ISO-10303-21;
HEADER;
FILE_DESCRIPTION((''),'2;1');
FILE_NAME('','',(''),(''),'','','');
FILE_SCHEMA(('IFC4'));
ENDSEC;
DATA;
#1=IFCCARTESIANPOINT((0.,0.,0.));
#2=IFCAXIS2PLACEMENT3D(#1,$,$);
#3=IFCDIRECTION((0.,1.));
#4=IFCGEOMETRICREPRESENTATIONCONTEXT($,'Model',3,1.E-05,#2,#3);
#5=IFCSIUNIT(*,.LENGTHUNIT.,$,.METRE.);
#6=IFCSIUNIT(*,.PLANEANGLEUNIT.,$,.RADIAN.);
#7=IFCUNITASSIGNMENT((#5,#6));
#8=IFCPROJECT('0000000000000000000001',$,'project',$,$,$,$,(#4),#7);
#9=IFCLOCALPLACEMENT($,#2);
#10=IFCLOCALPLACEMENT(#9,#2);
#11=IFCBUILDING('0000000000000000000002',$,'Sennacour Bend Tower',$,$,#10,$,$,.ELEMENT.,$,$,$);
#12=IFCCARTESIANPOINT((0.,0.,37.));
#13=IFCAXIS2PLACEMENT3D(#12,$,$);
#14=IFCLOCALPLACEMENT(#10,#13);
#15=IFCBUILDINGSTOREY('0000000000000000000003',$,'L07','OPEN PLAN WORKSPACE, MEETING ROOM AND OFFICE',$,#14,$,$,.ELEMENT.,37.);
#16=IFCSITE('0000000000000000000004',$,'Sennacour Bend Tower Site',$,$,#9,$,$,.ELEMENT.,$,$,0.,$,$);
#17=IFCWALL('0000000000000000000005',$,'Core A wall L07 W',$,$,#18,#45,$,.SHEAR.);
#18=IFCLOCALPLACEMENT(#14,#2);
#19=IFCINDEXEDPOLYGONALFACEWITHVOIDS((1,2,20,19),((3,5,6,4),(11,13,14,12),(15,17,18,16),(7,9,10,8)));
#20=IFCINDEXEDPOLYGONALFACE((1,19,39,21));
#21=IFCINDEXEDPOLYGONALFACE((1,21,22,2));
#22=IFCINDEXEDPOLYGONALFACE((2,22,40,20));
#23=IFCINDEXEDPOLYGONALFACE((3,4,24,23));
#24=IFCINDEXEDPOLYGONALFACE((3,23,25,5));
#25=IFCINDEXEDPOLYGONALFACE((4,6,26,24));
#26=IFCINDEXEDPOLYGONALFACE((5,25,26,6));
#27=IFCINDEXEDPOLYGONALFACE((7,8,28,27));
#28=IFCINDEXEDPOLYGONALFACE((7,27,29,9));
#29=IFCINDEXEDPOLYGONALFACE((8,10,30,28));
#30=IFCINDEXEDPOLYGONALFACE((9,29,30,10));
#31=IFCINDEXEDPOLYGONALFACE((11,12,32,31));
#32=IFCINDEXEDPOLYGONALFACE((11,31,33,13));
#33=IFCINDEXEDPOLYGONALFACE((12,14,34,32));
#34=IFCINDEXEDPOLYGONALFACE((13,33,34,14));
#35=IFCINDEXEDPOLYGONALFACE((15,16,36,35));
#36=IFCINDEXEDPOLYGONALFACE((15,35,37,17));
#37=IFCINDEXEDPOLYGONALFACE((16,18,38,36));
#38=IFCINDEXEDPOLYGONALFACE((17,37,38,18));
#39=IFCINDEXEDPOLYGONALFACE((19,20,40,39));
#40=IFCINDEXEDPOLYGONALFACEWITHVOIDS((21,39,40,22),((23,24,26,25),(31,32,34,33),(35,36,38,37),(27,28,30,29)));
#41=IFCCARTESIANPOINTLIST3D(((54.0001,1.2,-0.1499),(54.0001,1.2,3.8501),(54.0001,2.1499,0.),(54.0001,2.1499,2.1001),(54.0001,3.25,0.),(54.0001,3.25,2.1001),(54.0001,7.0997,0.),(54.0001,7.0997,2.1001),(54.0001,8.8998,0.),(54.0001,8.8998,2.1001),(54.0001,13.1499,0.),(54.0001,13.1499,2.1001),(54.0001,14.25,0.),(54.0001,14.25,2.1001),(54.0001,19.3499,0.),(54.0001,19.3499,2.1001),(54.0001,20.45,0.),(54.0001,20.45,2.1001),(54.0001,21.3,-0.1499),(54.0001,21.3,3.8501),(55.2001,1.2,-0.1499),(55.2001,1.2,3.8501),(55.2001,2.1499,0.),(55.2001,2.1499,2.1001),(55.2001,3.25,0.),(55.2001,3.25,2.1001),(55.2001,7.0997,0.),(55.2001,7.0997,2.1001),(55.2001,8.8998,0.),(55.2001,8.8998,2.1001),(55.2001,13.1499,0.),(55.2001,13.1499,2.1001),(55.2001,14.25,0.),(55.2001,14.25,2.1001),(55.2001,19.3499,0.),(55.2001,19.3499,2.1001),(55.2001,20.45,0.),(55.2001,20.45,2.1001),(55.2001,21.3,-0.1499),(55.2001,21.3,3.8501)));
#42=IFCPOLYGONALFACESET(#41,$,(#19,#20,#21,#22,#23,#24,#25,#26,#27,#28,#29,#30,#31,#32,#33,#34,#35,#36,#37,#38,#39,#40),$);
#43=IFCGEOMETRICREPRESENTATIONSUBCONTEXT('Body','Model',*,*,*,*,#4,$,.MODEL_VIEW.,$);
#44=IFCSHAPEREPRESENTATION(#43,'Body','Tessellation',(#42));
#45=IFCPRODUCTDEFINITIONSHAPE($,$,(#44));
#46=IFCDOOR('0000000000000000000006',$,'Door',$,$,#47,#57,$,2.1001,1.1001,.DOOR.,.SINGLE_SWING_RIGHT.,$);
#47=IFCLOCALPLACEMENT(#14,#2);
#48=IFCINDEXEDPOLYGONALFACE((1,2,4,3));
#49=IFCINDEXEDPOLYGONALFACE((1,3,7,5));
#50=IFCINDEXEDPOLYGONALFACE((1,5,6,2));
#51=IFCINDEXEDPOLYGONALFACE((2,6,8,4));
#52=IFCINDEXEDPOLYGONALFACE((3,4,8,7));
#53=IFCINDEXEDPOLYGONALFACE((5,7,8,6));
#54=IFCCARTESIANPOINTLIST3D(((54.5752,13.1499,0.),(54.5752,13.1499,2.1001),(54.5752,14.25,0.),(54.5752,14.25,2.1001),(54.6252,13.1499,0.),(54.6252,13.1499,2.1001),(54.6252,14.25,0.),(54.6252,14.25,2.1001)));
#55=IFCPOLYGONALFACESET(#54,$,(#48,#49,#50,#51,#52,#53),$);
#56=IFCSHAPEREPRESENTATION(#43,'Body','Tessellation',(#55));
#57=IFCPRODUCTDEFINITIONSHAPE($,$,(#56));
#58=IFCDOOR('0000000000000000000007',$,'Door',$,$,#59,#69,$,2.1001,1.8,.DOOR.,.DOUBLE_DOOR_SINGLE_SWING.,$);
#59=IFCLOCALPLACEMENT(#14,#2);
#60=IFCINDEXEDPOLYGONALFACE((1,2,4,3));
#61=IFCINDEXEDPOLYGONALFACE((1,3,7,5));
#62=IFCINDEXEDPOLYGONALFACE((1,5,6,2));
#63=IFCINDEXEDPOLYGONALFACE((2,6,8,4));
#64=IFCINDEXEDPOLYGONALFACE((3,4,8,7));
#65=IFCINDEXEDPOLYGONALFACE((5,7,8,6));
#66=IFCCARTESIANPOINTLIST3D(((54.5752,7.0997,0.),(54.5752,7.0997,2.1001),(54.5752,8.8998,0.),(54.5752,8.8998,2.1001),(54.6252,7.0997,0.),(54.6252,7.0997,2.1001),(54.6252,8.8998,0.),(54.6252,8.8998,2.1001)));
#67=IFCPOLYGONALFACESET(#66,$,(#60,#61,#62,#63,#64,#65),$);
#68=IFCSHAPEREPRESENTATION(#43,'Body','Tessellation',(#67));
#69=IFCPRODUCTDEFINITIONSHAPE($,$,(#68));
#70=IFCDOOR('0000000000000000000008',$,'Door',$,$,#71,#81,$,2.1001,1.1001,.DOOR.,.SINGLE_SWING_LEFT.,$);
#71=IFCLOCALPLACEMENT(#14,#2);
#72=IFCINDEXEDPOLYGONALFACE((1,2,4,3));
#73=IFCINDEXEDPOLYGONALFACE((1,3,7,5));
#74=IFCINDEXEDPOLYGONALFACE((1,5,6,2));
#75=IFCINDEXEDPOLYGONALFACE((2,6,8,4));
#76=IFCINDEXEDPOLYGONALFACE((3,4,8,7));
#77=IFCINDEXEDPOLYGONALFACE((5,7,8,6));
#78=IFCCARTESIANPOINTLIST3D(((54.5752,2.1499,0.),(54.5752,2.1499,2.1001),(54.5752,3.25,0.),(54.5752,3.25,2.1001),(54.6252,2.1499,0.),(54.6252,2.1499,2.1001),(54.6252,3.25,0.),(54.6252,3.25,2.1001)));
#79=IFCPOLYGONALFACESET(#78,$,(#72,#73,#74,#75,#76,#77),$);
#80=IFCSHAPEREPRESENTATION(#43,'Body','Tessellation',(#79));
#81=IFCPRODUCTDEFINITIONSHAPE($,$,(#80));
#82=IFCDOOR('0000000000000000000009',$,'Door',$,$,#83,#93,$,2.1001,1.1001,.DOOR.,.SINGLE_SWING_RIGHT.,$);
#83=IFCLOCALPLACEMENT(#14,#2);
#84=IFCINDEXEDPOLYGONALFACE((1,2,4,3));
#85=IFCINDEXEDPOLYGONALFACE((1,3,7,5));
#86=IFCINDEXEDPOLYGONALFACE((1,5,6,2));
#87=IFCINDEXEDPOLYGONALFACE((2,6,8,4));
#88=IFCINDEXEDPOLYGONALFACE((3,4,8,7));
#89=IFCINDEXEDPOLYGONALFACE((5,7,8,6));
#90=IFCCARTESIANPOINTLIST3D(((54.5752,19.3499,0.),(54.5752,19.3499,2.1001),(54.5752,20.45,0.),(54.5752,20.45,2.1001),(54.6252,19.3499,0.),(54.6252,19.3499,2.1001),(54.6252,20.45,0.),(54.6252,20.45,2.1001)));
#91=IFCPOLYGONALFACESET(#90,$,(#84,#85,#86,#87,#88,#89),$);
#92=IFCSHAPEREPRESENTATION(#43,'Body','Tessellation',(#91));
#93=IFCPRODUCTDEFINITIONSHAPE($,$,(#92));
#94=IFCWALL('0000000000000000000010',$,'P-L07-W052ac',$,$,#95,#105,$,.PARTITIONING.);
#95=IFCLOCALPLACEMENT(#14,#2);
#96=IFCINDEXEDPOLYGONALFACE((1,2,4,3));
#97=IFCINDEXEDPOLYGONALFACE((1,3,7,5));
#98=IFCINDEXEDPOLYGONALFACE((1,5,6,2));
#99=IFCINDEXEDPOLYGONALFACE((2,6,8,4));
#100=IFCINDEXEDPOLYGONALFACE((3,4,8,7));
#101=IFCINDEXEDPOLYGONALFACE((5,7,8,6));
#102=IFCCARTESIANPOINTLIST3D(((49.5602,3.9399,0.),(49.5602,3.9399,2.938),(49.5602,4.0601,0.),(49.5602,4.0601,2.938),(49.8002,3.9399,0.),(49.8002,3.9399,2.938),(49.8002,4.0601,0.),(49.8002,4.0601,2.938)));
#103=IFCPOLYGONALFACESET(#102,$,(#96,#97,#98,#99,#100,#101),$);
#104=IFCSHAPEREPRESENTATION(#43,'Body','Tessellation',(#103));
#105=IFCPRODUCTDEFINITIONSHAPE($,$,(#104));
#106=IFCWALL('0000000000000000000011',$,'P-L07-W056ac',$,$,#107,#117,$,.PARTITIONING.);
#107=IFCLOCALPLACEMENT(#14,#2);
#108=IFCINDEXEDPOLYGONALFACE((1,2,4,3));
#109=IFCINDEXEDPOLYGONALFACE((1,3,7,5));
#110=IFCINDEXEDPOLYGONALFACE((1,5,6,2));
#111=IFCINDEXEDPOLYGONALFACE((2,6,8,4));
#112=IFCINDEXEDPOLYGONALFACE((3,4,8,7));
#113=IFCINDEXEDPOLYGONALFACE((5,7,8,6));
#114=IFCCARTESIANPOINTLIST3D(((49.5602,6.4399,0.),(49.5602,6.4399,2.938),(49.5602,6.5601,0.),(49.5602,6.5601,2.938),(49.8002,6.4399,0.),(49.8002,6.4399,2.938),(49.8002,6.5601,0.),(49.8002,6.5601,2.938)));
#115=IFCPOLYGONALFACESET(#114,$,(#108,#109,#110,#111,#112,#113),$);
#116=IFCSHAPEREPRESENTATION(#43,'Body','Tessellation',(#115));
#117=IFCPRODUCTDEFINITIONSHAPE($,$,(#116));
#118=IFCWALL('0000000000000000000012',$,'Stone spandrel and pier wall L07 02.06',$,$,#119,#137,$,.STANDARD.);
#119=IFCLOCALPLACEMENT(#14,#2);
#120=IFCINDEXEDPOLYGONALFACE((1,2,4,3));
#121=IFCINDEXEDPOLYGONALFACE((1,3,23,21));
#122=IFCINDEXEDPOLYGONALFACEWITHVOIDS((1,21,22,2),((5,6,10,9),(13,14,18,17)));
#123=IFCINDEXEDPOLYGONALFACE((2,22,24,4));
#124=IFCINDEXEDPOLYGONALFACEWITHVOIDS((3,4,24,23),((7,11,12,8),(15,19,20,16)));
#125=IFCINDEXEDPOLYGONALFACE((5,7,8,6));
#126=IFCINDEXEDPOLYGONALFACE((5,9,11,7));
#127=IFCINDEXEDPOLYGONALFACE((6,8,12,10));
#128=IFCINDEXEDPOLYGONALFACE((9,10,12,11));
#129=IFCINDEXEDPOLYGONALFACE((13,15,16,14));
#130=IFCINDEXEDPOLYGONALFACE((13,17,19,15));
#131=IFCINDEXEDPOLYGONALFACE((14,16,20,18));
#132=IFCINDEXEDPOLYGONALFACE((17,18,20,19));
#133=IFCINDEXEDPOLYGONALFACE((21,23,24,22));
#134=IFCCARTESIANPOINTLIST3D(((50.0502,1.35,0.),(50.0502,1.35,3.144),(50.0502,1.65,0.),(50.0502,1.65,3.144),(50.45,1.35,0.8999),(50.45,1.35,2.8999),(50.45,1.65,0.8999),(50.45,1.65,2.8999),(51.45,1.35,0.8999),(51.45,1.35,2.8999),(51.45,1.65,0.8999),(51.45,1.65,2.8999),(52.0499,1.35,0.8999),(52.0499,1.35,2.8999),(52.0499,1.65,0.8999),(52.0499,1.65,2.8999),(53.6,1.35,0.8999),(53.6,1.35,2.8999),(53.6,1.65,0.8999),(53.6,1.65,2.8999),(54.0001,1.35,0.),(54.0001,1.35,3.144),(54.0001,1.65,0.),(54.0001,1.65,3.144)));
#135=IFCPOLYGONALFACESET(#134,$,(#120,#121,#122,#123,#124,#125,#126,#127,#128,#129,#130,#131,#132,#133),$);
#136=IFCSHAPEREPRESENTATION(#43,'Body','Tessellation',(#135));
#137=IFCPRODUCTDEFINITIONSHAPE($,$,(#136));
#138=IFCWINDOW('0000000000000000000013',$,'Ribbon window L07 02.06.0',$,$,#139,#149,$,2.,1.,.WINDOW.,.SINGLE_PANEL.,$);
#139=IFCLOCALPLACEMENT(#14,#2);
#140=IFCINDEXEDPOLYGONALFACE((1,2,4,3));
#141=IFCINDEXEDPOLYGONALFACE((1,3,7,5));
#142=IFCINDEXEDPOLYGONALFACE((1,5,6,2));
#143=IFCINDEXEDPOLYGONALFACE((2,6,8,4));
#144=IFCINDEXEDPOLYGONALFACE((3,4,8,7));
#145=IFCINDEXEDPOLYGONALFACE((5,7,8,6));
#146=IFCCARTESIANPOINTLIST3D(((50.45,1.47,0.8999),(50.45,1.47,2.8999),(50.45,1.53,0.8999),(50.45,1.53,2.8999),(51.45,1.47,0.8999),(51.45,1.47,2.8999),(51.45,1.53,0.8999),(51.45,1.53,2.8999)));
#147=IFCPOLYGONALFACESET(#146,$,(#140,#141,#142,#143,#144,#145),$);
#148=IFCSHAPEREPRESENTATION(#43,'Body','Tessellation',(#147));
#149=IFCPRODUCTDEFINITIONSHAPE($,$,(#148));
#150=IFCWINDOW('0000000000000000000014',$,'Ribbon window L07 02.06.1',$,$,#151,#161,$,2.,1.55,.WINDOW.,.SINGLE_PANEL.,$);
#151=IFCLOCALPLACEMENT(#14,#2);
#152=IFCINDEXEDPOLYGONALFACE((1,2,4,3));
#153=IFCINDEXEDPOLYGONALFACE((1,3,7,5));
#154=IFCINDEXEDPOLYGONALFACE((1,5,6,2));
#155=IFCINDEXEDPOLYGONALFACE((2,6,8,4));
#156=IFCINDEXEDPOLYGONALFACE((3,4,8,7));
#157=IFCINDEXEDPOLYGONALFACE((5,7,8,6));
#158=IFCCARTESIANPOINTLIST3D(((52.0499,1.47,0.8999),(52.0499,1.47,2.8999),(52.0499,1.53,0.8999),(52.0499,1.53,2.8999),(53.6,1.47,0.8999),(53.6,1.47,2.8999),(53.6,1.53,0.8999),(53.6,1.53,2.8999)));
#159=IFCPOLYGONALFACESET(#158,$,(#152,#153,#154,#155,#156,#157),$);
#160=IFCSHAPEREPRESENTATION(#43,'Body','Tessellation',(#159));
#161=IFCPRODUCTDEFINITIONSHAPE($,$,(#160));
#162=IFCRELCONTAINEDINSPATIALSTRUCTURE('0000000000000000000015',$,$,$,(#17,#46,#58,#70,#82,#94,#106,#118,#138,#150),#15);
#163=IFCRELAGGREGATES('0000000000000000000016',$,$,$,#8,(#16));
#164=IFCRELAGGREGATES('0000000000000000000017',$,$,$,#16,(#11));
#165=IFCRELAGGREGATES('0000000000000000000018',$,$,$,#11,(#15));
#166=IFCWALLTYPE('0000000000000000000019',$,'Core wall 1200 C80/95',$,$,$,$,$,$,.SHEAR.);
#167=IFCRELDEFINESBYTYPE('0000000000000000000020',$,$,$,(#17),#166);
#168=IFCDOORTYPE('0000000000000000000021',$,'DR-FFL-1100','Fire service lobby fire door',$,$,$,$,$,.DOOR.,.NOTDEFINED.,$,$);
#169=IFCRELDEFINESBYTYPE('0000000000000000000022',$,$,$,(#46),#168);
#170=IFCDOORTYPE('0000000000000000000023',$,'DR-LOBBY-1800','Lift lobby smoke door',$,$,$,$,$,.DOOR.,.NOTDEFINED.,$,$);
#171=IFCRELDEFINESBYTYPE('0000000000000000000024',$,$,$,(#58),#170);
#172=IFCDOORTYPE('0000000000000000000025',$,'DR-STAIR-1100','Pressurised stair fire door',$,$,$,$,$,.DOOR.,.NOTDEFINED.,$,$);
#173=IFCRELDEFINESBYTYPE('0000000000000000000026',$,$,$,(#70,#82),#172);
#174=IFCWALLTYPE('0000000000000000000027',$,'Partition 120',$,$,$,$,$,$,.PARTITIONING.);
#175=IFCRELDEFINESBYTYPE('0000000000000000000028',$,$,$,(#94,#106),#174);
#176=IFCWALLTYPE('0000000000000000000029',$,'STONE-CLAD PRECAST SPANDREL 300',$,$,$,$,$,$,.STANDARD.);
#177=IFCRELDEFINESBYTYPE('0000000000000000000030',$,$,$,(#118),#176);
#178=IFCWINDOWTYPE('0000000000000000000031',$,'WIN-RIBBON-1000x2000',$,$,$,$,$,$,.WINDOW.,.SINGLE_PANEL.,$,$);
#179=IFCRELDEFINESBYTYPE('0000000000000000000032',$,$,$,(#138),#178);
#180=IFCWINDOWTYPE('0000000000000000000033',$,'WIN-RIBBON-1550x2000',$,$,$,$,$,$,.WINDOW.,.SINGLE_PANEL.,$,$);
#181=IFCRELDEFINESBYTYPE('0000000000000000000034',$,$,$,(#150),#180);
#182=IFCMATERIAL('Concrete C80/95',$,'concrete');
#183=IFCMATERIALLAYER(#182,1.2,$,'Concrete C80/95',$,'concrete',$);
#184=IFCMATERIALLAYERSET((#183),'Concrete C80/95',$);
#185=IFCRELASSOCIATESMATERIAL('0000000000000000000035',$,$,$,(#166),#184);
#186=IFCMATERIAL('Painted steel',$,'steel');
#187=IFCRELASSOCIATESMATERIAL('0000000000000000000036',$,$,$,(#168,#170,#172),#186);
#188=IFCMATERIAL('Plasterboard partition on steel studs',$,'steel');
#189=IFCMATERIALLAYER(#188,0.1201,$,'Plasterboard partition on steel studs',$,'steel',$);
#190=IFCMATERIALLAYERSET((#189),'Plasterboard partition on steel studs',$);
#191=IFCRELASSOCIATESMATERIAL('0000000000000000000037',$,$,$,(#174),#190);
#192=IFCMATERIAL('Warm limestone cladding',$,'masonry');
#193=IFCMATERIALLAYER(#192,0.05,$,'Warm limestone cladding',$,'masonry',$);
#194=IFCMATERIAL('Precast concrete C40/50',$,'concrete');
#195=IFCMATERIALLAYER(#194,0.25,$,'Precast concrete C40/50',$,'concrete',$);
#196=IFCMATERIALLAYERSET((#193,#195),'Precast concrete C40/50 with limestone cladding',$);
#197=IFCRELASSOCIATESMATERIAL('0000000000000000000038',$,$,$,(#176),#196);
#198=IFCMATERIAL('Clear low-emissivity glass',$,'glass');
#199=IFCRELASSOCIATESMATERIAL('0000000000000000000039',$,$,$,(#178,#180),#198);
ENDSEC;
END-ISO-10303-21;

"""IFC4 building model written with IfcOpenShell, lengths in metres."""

from ifc_helpers import new_model, si_unit, direction, frame, frame_2d, origin, place, context, subcontext, project, spatial, rectangle, extrude, material, layer, layer_set, type_object, element, fill, save


model = new_model("IFC4")

# Units and contexts
model_context = context("Model", 3, precision=1e-05, world=origin(), true_north=direction((0.0, 1.0)))
body_context = subcontext(model_context, "Body", "Model", "MODEL_VIEW")
ifc_project = project(units=[si_unit("LENGTHUNIT", "METRE"), si_unit("PLANEANGLEUNIT", "RADIAN")], contexts=[model_context])

# Site, building, storey
site_placement = place(None, origin())
site = spatial("IfcSite", under=ifc_project, at=site_placement, Name="Sennacour Bend Tower Site", CompositionType="ELEMENT", RefElevation=0.0)
building_placement = place(site_placement, origin())
building = spatial("IfcBuilding", under=site, at=building_placement, Name="Sennacour Bend Tower", CompositionType="ELEMENT")
storey_placement = place(building_placement, frame((0.0, 0.0, 37.0)))
storey = spatial("IfcBuildingStorey", under=building, at=storey_placement, Name="L07", Description="OPEN PLAN WORKSPACE, MEETING ROOM AND OFFICE", CompositionType="ELEMENT", Elevation=37.0)

# Wall, openings, doors
ifc_material_1 = material(Name="Concrete C80/95", Category="concrete")
ifc_layer_1 = layer(ifc_material_1, 1.2, Name="Concrete C80/95", Category="concrete")
ifc_layer_set_1 = layer_set([ifc_layer_1], Name="Concrete C80/95")
wall_type_1 = type_object("IfcWallType", Name="Core wall 1200 C80/95", PredefinedType="SHEAR", material=ifc_layer_set_1)
wall_1_placement = place(storey_placement, frame((54.6001, 1.2, -0.1499), z_axis=(0.0, 0.0, 1.0), x_axis=(0.0, 1.0, 0.0)))
wall_1 = element("IfcWall", 1, at=wall_1_placement, inside=storey, type_object=wall_type_1, Name="Core A wall L07 W", PredefinedType="SHEAR", context=body_context, shape_type="SweptSolid", body=[
    extrude(rectangle(XDim=20.1001, YDim=1.2, at=frame_2d((10.05, 0.0))), origin(), (0.0, 0.0, 1.0), 4.0),
])
opening_1_placement = place(wall_1_placement, frame((5.8999, 0.0, 0.1499)))
opening_1 = element("IfcOpeningElement", 2, at=opening_1_placement, cuts=wall_1, PredefinedType="OPENING", context=body_context, shape_type="SweptSolid", body=[
    extrude(rectangle(XDim=1.8, YDim=2.1001, at=frame_2d((0.8999, 1.05))), frame((0.0, 0.6099, 0.0), z_axis=(0.0, -1.0, 0.0), x_axis=(1.0, 0.0, 0.0)), (0.0, 0.0, 1.0), 1.22),
])
opening_2_placement = place(wall_1_placement, frame((11.95, 0.0, 0.1499)))
opening_2 = element("IfcOpeningElement", 3, at=opening_2_placement, cuts=wall_1, PredefinedType="OPENING", context=body_context, shape_type="SweptSolid", body=[
    extrude(rectangle(XDim=1.1001, YDim=2.1001, at=frame_2d((0.55, 1.05))), frame((0.0, 0.6099, 0.0), z_axis=(0.0, -1.0, 0.0), x_axis=(1.0, 0.0, 0.0)), (0.0, 0.0, 1.0), 1.22),
])
opening_3_placement = place(wall_1_placement, frame((0.95, 0.0, 0.1499)))
opening_3 = element("IfcOpeningElement", 4, at=opening_3_placement, cuts=wall_1, PredefinedType="OPENING", context=body_context, shape_type="SweptSolid", body=[
    extrude(rectangle(XDim=1.1001, YDim=2.1001, at=frame_2d((0.55, 1.05))), frame((0.0, 0.6099, 0.0), z_axis=(0.0, -1.0, 0.0), x_axis=(1.0, 0.0, 0.0)), (0.0, 0.0, 1.0), 1.22),
])
opening_4_placement = place(wall_1_placement, frame((18.1499, 0.0, 0.1499)))
opening_4 = element("IfcOpeningElement", 5, at=opening_4_placement, cuts=wall_1, PredefinedType="OPENING", context=body_context, shape_type="SweptSolid", body=[
    extrude(rectangle(XDim=1.1001, YDim=2.1001, at=frame_2d((0.55, 1.05))), frame((0.0, 0.6099, 0.0), z_axis=(0.0, -1.0, 0.0), x_axis=(1.0, 0.0, 0.0)), (0.0, 0.0, 1.0), 1.22),
])
ifc_material_2 = material(Name="Painted steel", Category="steel")
door_type_1 = type_object("IfcDoorType", Name="DR-FFL-1100", Description="Fire service lobby fire door", OperationType="NOTDEFINED", PredefinedType="DOOR", material=ifc_material_2)
door_1_placement = place(opening_2_placement, origin())
door_1 = element("IfcDoor", 6, at=door_1_placement, inside=storey, type_object=door_type_1, Name="Door", OperationType="SINGLE_SWING_RIGHT", OverallHeight=2.1001, OverallWidth=1.1001, PredefinedType="DOOR", context=body_context, shape_type="SweptSolid", body=[
    extrude(rectangle(XDim=1.1001, YDim=2.1001, at=frame_2d((0.55, 1.05))), frame((0.0, 0.0249, 0.0), z_axis=(0.0, -1.0, 0.0), x_axis=(1.0, 0.0, 0.0)), (0.0, 0.0, 1.0), 0.05),
])
fill(opening_2, door_1)
door_type_2 = type_object("IfcDoorType", Name="DR-LOBBY-1800", Description="Lift lobby smoke door", OperationType="NOTDEFINED", PredefinedType="DOOR", material=ifc_material_2)
door_2_placement = place(opening_1_placement, origin())
door_2 = element("IfcDoor", 7, at=door_2_placement, inside=storey, type_object=door_type_2, Name="Door", OperationType="DOUBLE_DOOR_SINGLE_SWING", OverallHeight=2.1001, OverallWidth=1.8, PredefinedType="DOOR", context=body_context, shape_type="SweptSolid", body=[
    extrude(rectangle(XDim=1.8, YDim=2.1001, at=frame_2d((0.8999, 1.05))), frame((0.0, 0.0249, 0.0), z_axis=(0.0, -1.0, 0.0), x_axis=(1.0, 0.0, 0.0)), (0.0, 0.0, 1.0), 0.05),
])
fill(opening_1, door_2)
door_type_3 = type_object("IfcDoorType", Name="DR-STAIR-1100", Description="Pressurised stair fire door", OperationType="NOTDEFINED", PredefinedType="DOOR", material=ifc_material_2)
door_3_placement = place(opening_3_placement, origin())
door_3 = element("IfcDoor", 8, at=door_3_placement, inside=storey, type_object=door_type_3, Name="Door", OperationType="SINGLE_SWING_LEFT", OverallHeight=2.1001, OverallWidth=1.1001, PredefinedType="DOOR", context=body_context, shape_type="SweptSolid", body=[
    extrude(rectangle(XDim=1.1001, YDim=2.1001, at=frame_2d((0.55, 1.05))), frame((0.0, 0.0249, 0.0), z_axis=(0.0, -1.0, 0.0), x_axis=(1.0, 0.0, 0.0)), (0.0, 0.0, 1.0), 0.05),
])
fill(opening_3, door_3)
door_4_placement = place(opening_4_placement, origin())
door_4 = element("IfcDoor", 9, at=door_4_placement, inside=storey, type_object=door_type_3, Name="Door", OperationType="SINGLE_SWING_RIGHT", OverallHeight=2.1001, OverallWidth=1.1001, PredefinedType="DOOR", context=body_context, shape_type="SweptSolid", body=[
    extrude(rectangle(XDim=1.1001, YDim=2.1001, at=frame_2d((0.55, 1.05))), frame((0.0, 0.0249, 0.0), z_axis=(0.0, -1.0, 0.0), x_axis=(1.0, 0.0, 0.0)), (0.0, 0.0, 1.0), 0.05),
])
fill(opening_4, door_4)

# Walls
ifc_material_3 = material(Name="Plasterboard partition on steel studs", Category="steel")
ifc_layer_2 = layer(ifc_material_3, 0.1201, Name="Plasterboard partition on steel studs", Category="steel")
ifc_layer_set_2 = layer_set([ifc_layer_2], Name="Plasterboard partition on steel studs")
wall_type_2 = type_object("IfcWallType", Name="Partition 120", PredefinedType="PARTITIONING", material=ifc_layer_set_2)
for number, where, z_axis, x_axis, name in (
    (10, (49.5601, 4.0, 0.0), (0.0, 0.0, 1.0), (1.0, 0.0, 0.0), "P-L07-W052ac"),
    (11, (49.5601, 6.5, 0.0), (0.0, 0.0, 1.0), (1.0, 0.0, 0.0), "P-L07-W056ac"),
):
    element("IfcWall", number, at=place(storey_placement, frame(where, z_axis=z_axis, x_axis=x_axis)), inside=storey, type_object=wall_type_2, Name=name, PredefinedType="PARTITIONING", context=body_context, shape_type="SweptSolid", body=[
        extrude(rectangle(XDim=0.24, YDim=0.1201, at=frame_2d((0.1201, 0.0))), origin(), (0.0, 0.0, 1.0), 2.938),
    ])

# Wall, openings, windows
ifc_material_4 = material(Name="Warm limestone cladding", Category="masonry")
ifc_layer_3 = layer(ifc_material_4, 0.05, Name="Warm limestone cladding", Category="masonry")
ifc_material_5 = material(Name="Precast concrete C40/50", Category="concrete")
ifc_layer_4 = layer(ifc_material_5, 0.25, Name="Precast concrete C40/50", Category="concrete")
ifc_layer_set_3 = layer_set([ifc_layer_3, ifc_layer_4], Name="Precast concrete C40/50 with limestone cladding")
wall_type_3 = type_object("IfcWallType", Name="STONE-CLAD PRECAST SPANDREL 300", PredefinedType="STANDARD", material=ifc_layer_set_3)
wall_2_placement = place(storey_placement, frame((50.05, 1.5, 0.0), z_axis=(0.0, 0.0, 1.0), x_axis=(1.0, 0.0, 0.0)))
wall_2 = element("IfcWall", 12, at=wall_2_placement, inside=storey, type_object=wall_type_3, Name="Stone spandrel and pier wall L07 02.06", PredefinedType="STANDARD", context=body_context, shape_type="SweptSolid", body=[
    extrude(rectangle(XDim=3.95, YDim=0.3, at=frame_2d((1.9751, 0.0))), origin(), (0.0, 0.0, 1.0), 3.144),
])
opening_5_placement = place(wall_2_placement, frame((0.3999, 0.0, 0.8999)))
opening_5 = element("IfcOpeningElement", 13, at=opening_5_placement, cuts=wall_2, PredefinedType="OPENING", context=body_context, shape_type="SweptSolid", body=[
    extrude(rectangle(XDim=1.0, YDim=2.0, at=frame_2d((0.5, 1.0))), frame((0.0, 0.1602, 0.0), z_axis=(0.0, -1.0, 0.0), x_axis=(1.0, 0.0, 0.0)), (0.0, 0.0, 1.0), 0.3201),
])
opening_6_placement = place(wall_2_placement, frame((2.0, 0.0, 0.8999)))
opening_6 = element("IfcOpeningElement", 14, at=opening_6_placement, cuts=wall_2, PredefinedType="OPENING", context=body_context, shape_type="SweptSolid", body=[
    extrude(rectangle(XDim=1.55, YDim=2.0, at=frame_2d((0.7749, 1.0))), frame((0.0, 0.1602, 0.0), z_axis=(0.0, -1.0, 0.0), x_axis=(1.0, 0.0, 0.0)), (0.0, 0.0, 1.0), 0.3201),
])
ifc_material_6 = material(Name="Clear low-emissivity glass", Category="glass")
window_type_1 = type_object("IfcWindowType", Name="WIN-RIBBON-1000x2000", PartitioningType="SINGLE_PANEL", PredefinedType="WINDOW", material=ifc_material_6)
window_1_placement = place(opening_5_placement, origin())
window_1 = element("IfcWindow", 15, at=window_1_placement, inside=storey, type_object=window_type_1, Name="Ribbon window L07 02.06.0", OverallHeight=2.0, OverallWidth=1.0, PartitioningType="SINGLE_PANEL", PredefinedType="WINDOW", context=body_context, shape_type="SweptSolid", body=[
    extrude(rectangle(XDim=1.0, YDim=2.0, at=frame_2d((0.5, 1.0))), frame((0.0, 0.03, 0.0), z_axis=(0.0, -1.0, 0.0), x_axis=(1.0, 0.0, 0.0)), (0.0, 0.0, 1.0), 0.0601),
])
fill(opening_5, window_1)
window_type_2 = type_object("IfcWindowType", Name="WIN-RIBBON-1550x2000", PartitioningType="SINGLE_PANEL", PredefinedType="WINDOW", material=ifc_material_6)
window_2_placement = place(opening_6_placement, origin())
window_2 = element("IfcWindow", 16, at=window_2_placement, inside=storey, type_object=window_type_2, Name="Ribbon window L07 02.06.1", OverallHeight=2.0, OverallWidth=1.55, PartitioningType="SINGLE_PANEL", PredefinedType="WINDOW", context=body_context, shape_type="SweptSolid", body=[
    extrude(rectangle(XDim=1.55, YDim=2.0, at=frame_2d((0.7749, 1.0))), frame((0.0, 0.03, 0.0), z_axis=(0.0, -1.0, 0.0), x_axis=(1.0, 0.0, 0.0)), (0.0, 0.0, 1.0), 0.0601),
])
fill(opening_6, window_2)

save(model, "model.ifc")
